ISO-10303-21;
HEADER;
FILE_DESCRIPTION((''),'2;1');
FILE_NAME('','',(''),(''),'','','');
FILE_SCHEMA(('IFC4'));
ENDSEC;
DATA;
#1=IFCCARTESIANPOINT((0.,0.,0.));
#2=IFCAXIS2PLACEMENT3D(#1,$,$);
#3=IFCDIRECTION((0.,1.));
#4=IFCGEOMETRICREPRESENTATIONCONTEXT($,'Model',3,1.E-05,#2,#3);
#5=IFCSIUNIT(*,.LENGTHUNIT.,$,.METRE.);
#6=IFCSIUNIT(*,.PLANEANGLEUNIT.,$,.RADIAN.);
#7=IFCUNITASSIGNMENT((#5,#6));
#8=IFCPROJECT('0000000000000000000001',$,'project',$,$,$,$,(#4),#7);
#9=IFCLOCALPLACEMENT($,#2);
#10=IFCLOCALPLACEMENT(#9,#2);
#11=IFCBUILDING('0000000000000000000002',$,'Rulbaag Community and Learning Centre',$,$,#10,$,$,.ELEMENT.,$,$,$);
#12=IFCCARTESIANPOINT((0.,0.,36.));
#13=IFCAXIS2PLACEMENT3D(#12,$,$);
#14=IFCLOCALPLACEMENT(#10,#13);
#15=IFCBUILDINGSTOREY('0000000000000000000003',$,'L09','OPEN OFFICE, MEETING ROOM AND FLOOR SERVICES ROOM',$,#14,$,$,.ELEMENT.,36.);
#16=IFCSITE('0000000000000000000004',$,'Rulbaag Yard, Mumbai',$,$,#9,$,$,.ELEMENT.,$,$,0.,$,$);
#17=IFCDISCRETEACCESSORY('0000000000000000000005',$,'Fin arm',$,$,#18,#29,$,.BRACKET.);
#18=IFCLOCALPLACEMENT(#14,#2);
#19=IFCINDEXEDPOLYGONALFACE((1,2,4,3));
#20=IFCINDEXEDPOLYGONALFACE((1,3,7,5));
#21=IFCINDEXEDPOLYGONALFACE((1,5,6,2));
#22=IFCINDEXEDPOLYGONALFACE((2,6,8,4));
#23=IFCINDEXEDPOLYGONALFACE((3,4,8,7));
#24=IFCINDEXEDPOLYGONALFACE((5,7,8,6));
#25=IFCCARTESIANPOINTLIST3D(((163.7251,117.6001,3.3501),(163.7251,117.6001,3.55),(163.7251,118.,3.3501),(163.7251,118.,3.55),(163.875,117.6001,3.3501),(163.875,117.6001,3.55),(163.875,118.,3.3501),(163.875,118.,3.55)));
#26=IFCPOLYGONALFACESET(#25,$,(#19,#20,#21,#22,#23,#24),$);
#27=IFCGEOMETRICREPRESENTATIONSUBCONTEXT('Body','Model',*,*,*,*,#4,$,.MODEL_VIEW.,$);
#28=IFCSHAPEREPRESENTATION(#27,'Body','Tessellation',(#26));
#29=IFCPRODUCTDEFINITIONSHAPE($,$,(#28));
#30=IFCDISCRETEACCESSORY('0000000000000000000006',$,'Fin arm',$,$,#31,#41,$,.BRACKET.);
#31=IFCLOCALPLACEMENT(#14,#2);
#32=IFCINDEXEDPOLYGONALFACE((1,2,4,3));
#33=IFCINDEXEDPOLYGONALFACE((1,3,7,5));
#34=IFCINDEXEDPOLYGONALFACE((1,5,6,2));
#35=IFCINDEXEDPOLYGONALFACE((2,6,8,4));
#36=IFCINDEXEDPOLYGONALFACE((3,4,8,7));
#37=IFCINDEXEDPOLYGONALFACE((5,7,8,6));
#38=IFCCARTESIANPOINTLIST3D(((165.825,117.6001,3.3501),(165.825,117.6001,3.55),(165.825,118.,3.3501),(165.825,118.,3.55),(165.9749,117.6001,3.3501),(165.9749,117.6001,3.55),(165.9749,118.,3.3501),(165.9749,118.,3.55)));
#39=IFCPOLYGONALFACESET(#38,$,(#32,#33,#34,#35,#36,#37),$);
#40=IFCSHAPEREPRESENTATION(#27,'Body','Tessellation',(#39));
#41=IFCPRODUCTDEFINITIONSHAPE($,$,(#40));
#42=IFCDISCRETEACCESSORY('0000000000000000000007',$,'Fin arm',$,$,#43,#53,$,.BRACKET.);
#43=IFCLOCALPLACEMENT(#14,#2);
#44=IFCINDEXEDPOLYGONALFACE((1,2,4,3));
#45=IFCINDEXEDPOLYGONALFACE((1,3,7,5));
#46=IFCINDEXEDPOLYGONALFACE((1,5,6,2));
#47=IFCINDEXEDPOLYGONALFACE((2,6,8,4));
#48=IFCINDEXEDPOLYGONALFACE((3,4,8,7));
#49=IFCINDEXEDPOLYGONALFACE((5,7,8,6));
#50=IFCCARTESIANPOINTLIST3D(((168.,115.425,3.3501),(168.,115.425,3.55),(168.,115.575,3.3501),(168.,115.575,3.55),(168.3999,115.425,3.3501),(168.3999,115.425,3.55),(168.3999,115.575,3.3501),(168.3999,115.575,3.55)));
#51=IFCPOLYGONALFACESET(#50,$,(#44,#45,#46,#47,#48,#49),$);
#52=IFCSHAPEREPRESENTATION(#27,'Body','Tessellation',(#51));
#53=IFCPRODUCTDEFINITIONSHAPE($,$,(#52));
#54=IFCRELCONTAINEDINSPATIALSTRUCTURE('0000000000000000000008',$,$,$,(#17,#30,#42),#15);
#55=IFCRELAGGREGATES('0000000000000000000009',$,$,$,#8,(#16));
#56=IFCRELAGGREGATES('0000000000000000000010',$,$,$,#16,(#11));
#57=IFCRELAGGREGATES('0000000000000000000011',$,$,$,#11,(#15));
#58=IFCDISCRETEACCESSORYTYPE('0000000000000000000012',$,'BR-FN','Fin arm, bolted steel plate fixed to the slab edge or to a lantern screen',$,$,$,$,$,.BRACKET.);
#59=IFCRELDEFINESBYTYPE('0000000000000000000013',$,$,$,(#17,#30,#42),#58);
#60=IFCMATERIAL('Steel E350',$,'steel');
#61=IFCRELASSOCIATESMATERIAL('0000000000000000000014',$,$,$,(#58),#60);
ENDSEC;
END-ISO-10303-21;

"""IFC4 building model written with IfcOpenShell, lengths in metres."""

from ifc_helpers import new_model, si_unit, direction, frame, origin, origin_2d, place, context, subcontext, project, spatial, rectangle, extrude, material, type_object, element, save


model = new_model("IFC4")

# Units and contexts
model_context = context("Model", 3, precision=1e-05, world=origin(), true_north=direction((0.0, 1.0)))
body_context = subcontext(model_context, "Body", "Model", "MODEL_VIEW")
ifc_project = project(units=[si_unit("LENGTHUNIT", "METRE"), si_unit("PLANEANGLEUNIT", "RADIAN")], contexts=[model_context])

# Site, building, storey
site_placement = place(None, origin())
site = spatial("IfcSite", under=ifc_project, at=site_placement, Name="Rulbaag Yard, Mumbai", CompositionType="ELEMENT", RefElevation=0.0)
building_placement = place(site_placement, origin())
building = spatial("IfcBuilding", under=site, at=building_placement, Name="Rulbaag Community and Learning Centre", CompositionType="ELEMENT")
storey_placement = place(building_placement, frame((0.0, 0.0, 36.0)))
storey = spatial("IfcBuildingStorey", under=building, at=storey_placement, Name="L09", Description="OPEN OFFICE, MEETING ROOM AND FLOOR SERVICES ROOM", CompositionType="ELEMENT", Elevation=36.0)

# Discrete accessories
ifc_material_1 = material(Name="Steel E350", Category="steel")
discrete_accessory_type = type_object("IfcDiscreteAccessoryType", Name="BR-FN", Description="Fin arm, bolted steel plate fixed to the slab edge or to a lantern screen", PredefinedType="BRACKET", material=ifc_material_1)
for number, where, z_axis, x_axis, name in (
    (1, (163.8, 117.8, 3.3501), (0.0, 0.0, 1.0), (1.0, 0.0, 0.0), "Fin arm"),
    (2, (165.8999, 117.8, 3.3501), (0.0, 0.0, 1.0), (1.0, 0.0, 0.0), "Fin arm"),
):
    element("IfcDiscreteAccessory", number, at=place(storey_placement, frame(where, z_axis=z_axis, x_axis=x_axis)), inside=storey, type_object=discrete_accessory_type, Name=name, PredefinedType="BRACKET", context=body_context, shape_type="SweptSolid", body=[
        extrude(rectangle(XDim=0.1499, YDim=0.3999, at=origin_2d()), origin(), (0.0, 0.0, 1.0), 0.2),
    ])
discrete_accessory_placement = place(storey_placement, frame((168.2, 115.5, 3.3501), z_axis=(0.0, 0.0, 1.0), x_axis=(1.0, 0.0, 0.0)))
element("IfcDiscreteAccessory", 3, at=discrete_accessory_placement, inside=storey, type_object=discrete_accessory_type, Name="Fin arm", PredefinedType="BRACKET", context=body_context, shape_type="SweptSolid", body=[
    extrude(rectangle(XDim=0.3999, YDim=0.1499, at=origin_2d()), origin(), (0.0, 0.0, 1.0), 0.2),
])

save(model, "model.ifc")
